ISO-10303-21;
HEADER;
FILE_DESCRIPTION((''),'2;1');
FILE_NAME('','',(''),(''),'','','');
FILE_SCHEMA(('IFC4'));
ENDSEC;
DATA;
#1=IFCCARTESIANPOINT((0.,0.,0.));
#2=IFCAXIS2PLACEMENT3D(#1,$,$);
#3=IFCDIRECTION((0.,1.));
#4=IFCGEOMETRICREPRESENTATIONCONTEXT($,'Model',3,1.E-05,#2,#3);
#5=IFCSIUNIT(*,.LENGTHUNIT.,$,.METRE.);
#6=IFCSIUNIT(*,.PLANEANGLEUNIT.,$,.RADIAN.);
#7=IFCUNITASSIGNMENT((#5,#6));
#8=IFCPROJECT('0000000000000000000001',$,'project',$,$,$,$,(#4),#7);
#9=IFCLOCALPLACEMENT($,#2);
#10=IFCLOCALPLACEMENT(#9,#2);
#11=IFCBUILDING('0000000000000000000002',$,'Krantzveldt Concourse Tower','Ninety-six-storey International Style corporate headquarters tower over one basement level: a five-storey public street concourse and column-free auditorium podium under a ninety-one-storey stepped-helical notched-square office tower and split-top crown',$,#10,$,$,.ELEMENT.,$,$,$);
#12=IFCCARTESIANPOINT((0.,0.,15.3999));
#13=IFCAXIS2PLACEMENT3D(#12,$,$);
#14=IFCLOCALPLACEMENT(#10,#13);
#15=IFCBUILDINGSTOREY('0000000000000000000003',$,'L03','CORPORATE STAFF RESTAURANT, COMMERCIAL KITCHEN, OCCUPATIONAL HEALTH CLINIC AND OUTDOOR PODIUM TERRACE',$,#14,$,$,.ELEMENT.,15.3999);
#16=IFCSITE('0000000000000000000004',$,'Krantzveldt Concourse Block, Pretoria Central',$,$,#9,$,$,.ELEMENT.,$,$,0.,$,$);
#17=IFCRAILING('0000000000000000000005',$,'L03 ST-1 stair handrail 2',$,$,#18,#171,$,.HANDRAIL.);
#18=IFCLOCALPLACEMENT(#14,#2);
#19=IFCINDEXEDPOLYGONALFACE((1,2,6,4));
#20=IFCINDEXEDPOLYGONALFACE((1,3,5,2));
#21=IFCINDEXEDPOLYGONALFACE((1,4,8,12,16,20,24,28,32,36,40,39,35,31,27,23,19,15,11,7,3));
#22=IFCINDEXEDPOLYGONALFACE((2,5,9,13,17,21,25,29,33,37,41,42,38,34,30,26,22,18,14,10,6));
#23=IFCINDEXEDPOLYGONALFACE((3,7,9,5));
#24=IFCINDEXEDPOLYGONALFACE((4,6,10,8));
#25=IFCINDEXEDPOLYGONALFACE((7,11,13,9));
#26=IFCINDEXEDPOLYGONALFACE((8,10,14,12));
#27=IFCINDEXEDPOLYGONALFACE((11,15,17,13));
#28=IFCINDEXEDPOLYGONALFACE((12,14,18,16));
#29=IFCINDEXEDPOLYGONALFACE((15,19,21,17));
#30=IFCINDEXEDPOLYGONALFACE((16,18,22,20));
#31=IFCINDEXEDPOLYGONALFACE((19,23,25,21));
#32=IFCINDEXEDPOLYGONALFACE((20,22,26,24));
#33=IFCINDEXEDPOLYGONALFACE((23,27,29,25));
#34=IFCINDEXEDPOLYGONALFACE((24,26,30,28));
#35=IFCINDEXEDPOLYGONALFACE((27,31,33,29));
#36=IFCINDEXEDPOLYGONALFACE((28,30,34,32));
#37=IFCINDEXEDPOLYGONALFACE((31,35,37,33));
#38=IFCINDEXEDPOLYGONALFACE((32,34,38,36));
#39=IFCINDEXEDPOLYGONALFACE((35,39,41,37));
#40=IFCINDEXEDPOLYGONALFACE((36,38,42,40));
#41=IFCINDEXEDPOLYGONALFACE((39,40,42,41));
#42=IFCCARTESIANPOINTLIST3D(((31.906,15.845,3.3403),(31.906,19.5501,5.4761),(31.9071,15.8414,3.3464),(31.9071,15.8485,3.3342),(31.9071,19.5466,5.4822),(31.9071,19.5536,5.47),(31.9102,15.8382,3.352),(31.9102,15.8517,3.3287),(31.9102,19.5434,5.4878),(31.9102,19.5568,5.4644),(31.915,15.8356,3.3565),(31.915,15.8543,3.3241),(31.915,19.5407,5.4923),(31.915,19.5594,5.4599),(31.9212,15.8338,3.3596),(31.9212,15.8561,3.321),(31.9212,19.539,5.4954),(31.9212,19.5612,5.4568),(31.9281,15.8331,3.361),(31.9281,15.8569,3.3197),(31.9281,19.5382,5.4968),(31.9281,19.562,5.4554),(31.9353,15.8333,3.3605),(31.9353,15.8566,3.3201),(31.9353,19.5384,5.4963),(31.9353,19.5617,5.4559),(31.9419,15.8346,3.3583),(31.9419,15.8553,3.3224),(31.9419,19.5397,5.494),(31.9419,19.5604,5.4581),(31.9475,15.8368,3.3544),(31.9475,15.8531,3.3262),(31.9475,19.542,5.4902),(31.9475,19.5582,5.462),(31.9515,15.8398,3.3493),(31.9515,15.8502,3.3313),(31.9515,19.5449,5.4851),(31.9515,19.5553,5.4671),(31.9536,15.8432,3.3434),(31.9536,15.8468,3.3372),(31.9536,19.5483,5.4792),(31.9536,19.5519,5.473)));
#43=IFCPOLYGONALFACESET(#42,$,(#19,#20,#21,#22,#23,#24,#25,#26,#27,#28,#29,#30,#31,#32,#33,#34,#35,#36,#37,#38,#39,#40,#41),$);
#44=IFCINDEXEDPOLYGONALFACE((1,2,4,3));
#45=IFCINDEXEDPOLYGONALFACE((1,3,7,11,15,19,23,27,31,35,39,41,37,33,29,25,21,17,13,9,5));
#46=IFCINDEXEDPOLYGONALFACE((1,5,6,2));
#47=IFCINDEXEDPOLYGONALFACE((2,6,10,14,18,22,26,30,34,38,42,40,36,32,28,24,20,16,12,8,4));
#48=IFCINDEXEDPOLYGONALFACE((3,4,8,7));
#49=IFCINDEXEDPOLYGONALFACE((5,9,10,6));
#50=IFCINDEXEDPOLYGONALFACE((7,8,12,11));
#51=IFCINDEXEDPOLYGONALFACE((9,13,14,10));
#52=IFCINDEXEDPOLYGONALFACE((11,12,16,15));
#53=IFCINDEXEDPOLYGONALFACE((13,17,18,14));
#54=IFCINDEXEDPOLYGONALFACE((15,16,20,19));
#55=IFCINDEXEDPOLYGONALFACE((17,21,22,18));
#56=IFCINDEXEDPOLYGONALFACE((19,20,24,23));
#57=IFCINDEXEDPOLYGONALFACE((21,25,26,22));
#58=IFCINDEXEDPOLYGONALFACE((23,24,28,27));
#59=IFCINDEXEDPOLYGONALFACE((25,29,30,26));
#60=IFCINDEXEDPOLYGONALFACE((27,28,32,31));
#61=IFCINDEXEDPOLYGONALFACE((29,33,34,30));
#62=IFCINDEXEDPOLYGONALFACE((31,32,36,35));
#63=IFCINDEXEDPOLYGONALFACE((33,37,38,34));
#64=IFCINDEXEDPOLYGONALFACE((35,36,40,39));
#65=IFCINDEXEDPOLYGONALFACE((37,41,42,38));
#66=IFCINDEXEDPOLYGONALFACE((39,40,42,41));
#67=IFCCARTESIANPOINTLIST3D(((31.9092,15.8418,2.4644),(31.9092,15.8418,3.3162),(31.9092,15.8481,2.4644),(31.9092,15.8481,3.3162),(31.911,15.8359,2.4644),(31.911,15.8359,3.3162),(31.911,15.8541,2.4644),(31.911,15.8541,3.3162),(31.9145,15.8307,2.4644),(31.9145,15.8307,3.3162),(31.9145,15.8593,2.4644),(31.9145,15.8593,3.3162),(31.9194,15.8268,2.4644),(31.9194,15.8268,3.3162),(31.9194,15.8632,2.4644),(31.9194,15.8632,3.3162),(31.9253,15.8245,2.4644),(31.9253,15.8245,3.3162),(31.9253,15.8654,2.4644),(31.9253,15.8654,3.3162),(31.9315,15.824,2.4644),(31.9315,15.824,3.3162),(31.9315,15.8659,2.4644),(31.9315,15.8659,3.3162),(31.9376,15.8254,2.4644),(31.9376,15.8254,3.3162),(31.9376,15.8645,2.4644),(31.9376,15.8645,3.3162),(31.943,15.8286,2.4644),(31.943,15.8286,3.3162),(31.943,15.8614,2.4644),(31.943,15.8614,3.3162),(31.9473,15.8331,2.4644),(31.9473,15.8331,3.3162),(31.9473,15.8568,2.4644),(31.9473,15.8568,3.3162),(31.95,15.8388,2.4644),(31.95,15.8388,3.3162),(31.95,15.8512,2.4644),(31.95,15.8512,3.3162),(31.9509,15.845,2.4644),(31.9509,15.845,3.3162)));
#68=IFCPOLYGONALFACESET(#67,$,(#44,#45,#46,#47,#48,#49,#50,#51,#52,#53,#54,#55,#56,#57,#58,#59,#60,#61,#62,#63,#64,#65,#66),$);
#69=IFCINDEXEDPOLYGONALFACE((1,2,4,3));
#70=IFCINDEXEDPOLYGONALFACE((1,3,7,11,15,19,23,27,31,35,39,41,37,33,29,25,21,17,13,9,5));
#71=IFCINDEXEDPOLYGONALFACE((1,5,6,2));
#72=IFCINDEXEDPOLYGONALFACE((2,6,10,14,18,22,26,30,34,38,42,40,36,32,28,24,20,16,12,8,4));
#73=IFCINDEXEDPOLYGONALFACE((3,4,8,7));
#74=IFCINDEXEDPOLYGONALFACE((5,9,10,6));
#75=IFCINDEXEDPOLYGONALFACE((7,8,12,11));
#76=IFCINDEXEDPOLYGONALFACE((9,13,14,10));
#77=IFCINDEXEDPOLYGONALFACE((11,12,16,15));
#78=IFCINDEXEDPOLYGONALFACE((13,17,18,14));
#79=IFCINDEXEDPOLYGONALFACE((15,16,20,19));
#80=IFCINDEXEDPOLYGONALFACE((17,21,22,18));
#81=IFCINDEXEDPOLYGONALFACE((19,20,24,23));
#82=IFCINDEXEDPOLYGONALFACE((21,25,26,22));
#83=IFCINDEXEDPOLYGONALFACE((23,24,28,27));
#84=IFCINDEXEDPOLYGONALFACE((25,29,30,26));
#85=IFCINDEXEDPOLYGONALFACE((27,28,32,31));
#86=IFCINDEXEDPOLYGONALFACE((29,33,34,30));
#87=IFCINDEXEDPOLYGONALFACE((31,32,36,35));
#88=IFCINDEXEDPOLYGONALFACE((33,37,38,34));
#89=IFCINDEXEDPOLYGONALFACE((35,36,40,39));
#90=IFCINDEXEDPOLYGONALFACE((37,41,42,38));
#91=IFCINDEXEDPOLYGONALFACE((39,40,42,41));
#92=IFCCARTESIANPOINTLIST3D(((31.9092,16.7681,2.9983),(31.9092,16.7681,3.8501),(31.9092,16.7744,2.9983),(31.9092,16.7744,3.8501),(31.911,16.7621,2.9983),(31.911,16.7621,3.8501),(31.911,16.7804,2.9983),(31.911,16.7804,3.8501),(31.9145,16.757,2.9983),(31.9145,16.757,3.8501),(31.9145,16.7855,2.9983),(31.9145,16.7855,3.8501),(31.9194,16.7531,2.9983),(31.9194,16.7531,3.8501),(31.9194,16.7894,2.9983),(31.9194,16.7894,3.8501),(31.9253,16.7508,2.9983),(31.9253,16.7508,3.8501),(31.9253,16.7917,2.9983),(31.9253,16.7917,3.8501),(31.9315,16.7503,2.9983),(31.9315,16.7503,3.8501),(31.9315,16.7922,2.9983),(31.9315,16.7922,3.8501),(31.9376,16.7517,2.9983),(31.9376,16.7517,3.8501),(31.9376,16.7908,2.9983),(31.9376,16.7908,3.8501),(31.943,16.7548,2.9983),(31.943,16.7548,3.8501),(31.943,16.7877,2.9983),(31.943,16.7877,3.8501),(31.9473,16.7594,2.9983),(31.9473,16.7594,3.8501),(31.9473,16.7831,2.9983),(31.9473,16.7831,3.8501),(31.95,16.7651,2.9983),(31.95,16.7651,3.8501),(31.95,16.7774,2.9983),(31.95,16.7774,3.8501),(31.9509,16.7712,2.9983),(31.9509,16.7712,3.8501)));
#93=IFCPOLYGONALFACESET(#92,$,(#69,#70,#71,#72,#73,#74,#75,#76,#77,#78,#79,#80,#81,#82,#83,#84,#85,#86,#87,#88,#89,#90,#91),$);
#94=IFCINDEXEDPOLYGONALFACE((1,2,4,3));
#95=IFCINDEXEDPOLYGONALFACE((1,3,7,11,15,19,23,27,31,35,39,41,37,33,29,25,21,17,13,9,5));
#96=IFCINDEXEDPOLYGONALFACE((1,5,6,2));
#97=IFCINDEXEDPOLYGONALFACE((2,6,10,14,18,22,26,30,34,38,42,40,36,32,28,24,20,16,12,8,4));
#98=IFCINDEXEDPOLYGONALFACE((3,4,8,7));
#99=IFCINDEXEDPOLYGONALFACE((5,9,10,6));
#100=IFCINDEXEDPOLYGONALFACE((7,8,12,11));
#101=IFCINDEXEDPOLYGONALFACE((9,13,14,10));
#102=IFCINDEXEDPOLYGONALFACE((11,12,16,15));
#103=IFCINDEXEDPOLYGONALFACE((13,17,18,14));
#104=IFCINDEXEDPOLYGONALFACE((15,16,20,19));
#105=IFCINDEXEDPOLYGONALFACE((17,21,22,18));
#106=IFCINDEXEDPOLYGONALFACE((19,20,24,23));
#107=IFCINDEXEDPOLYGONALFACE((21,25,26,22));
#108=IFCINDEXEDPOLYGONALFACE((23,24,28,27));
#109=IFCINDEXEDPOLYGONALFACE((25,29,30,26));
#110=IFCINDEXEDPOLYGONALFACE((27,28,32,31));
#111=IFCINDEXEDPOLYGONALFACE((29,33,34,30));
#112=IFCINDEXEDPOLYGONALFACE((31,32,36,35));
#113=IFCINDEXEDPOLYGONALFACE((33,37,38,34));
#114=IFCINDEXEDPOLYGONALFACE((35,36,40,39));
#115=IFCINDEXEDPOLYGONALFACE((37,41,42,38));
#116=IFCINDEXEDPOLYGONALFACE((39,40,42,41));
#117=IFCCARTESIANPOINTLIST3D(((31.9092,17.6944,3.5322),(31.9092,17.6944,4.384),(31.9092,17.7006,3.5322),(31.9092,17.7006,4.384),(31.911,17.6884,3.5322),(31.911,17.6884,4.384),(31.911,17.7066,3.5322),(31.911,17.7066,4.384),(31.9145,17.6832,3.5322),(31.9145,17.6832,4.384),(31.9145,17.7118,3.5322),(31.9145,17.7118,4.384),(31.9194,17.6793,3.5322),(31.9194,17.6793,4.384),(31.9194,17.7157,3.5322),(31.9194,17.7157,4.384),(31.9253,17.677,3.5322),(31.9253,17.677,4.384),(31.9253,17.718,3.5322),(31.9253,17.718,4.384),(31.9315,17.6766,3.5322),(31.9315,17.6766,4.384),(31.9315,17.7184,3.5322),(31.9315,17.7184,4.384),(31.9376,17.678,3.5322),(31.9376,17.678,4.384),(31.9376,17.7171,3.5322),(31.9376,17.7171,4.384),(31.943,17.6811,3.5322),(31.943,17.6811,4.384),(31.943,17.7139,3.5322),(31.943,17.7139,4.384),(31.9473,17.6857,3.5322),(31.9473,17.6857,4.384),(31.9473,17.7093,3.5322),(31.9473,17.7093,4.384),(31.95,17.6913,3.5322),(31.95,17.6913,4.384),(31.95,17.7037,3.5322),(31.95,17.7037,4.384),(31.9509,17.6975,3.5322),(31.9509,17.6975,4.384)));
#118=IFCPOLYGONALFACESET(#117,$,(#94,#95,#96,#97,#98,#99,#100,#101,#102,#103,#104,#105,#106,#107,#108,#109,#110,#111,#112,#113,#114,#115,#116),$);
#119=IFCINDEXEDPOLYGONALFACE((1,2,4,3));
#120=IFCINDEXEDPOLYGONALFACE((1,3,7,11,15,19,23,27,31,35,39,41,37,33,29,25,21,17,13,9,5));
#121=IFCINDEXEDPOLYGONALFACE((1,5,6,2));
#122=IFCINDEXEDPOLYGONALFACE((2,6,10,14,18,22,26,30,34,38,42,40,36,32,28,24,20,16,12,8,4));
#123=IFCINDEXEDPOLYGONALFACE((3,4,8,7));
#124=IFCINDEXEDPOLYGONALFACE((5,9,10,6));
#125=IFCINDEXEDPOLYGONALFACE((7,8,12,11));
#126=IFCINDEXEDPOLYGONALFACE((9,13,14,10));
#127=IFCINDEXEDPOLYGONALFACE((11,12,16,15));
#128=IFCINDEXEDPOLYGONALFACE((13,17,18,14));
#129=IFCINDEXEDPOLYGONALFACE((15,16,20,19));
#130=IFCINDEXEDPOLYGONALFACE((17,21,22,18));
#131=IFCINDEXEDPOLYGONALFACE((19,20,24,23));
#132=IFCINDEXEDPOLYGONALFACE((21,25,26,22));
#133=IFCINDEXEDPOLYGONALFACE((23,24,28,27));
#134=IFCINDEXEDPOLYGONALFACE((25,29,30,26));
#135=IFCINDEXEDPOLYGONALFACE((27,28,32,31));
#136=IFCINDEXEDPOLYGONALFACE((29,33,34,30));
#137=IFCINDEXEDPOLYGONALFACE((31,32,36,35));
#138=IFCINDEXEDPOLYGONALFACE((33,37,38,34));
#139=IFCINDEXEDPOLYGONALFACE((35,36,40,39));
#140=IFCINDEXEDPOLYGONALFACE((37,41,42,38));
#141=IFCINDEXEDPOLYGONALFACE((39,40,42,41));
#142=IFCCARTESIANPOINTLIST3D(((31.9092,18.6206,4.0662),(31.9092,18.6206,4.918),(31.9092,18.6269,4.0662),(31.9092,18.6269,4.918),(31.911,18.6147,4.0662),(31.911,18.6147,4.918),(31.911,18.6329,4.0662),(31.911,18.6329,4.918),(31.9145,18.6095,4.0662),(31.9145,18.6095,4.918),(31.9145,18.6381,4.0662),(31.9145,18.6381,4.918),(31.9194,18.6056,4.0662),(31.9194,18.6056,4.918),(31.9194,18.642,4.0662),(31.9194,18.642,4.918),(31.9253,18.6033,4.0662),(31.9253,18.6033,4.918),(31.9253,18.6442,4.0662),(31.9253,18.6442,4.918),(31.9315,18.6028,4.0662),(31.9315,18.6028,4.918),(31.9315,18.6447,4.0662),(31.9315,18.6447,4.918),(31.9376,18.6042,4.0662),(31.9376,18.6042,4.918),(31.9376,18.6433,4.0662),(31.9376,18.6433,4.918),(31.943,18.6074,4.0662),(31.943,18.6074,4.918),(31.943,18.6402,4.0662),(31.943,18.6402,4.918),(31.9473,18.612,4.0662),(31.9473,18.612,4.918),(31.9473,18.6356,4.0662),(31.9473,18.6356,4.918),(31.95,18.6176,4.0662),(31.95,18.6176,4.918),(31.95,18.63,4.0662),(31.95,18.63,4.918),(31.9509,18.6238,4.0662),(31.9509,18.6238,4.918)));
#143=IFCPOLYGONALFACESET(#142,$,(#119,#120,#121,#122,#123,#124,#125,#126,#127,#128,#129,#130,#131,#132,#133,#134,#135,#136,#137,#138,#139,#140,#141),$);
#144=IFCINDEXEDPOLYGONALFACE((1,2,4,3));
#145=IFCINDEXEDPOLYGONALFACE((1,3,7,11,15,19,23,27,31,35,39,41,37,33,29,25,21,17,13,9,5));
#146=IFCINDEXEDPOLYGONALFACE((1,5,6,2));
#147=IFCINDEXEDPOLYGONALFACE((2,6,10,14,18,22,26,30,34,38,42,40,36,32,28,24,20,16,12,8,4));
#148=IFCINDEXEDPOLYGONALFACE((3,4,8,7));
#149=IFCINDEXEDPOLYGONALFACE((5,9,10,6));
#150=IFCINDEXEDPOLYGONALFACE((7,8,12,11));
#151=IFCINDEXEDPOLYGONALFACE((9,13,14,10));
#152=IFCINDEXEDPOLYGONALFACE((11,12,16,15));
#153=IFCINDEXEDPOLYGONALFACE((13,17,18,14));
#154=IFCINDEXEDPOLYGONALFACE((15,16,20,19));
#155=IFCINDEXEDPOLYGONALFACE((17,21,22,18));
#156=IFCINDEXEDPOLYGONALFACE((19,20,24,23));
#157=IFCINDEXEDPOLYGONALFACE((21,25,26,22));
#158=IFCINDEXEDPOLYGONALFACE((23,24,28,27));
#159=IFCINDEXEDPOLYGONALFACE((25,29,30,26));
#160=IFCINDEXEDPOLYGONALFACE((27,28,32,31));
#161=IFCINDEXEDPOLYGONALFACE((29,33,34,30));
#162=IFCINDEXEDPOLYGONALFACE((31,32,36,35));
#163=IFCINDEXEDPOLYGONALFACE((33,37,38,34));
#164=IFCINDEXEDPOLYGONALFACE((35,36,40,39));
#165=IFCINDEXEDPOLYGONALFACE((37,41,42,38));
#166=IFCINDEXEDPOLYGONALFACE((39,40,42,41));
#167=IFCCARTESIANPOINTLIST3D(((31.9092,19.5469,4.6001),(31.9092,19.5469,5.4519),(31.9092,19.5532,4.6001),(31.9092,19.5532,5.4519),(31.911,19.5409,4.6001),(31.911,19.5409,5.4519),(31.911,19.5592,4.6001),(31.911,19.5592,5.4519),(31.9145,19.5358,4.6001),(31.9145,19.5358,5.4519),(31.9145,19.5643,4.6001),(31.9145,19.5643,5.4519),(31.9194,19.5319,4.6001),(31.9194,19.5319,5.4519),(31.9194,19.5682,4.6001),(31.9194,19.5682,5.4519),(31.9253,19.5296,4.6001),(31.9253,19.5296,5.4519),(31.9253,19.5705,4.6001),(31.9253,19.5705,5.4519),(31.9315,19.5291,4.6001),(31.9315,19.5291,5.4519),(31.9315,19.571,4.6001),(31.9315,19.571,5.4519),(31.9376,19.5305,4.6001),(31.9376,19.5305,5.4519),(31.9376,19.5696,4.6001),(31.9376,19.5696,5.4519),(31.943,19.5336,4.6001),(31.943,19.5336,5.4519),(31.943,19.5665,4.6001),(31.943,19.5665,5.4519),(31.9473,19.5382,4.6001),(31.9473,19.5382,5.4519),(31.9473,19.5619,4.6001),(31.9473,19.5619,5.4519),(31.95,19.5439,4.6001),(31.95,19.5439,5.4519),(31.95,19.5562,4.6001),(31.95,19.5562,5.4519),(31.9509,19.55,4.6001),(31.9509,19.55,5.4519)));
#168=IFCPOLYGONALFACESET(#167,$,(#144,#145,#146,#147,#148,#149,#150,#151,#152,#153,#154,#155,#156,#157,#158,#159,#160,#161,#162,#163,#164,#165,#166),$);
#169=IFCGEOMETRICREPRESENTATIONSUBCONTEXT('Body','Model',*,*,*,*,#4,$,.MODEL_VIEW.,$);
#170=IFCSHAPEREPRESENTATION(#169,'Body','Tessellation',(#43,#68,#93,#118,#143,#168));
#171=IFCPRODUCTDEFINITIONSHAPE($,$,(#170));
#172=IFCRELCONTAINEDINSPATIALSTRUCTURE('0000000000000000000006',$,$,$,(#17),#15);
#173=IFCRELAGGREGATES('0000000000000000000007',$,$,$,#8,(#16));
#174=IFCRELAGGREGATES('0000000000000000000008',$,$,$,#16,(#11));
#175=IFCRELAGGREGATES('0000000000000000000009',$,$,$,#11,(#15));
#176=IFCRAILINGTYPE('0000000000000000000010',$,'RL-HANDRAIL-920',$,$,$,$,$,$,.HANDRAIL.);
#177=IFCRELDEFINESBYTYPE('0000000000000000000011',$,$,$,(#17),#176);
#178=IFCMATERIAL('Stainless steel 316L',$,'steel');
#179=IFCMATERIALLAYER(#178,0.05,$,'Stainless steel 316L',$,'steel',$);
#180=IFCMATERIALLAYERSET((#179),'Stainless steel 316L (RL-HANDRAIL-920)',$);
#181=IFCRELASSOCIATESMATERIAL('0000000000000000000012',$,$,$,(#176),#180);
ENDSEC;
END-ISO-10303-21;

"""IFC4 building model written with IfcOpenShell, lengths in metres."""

from ifc_helpers import new_model, si_unit, direction, frame, origin, origin_2d, place, context, subcontext, project, spatial, circle, extrude, material, layer, layer_set, type_object, element, save


model = new_model("IFC4")

# Units and contexts
model_context = context("Model", 3, precision=1e-05, world=origin(), true_north=direction((0.0, 1.0)))
body_context = subcontext(model_context, "Body", "Model", "MODEL_VIEW")
ifc_project = project(units=[si_unit("LENGTHUNIT", "METRE"), si_unit("PLANEANGLEUNIT", "RADIAN")], contexts=[model_context])

# Site, building, storey
site_placement = place(None, origin())
site = spatial("IfcSite", under=ifc_project, at=site_placement, Name="Krantzveldt Concourse Block, Pretoria Central", CompositionType="ELEMENT", RefElevation=0.0)
building_placement = place(site_placement, origin())
building = spatial("IfcBuilding", under=site, at=building_placement, Name="Krantzveldt Concourse Tower", Description="Ninety-six-storey International Style corporate headquarters tower over one basement level: a five-storey public street concourse and column-free auditorium podium under a ninety-one-storey stepped-helical notched-square office tower and split-top crown", CompositionType="ELEMENT")
storey_placement = place(building_placement, frame((0.0, 0.0, 15.3999)))
storey = spatial("IfcBuildingStorey", under=building, at=storey_placement, Name="L03", Description="CORPORATE STAFF RESTAURANT, COMMERCIAL KITCHEN, OCCUPATIONAL HEALTH CLINIC AND OUTDOOR PODIUM TERRACE", CompositionType="ELEMENT", Elevation=15.3999)

# Shared definitions
ifc_material_1 = material(Name="Stainless steel 316L", Category="steel")

# Railing
ifc_layer_1 = layer(ifc_material_1, 0.05, Name="Stainless steel 316L", Category="steel")
ifc_layer_set_1 = layer_set([ifc_layer_1], Name="Stainless steel 316L (RL-HANDRAIL-920)")
railing_type_1 = type_object("IfcRailingType", Name="RL-HANDRAIL-920", PredefinedType="HANDRAIL", material=ifc_layer_set_1)
railing_1_placement = place(storey_placement, frame((31.9299, 15.845, 2.4644)))
element("IfcRailing", 1, at=railing_1_placement, inside=storey, type_object=railing_type_1, Name="L03 ST-1 stair handrail 2", PredefinedType="HANDRAIL", context=body_context, shape_type="SweptSolid", body=[
    extrude(circle(Radius=0.0239, at=origin_2d()), frame((0.0, 0.0, 0.876), z_axis=(0.0, 0.866368, 0.499406), x_axis=(-1.0, 0.0, 0.0)), (0.0, 0.0, 1.0), 4.2766),
    extrude(circle(Radius=0.021, at=origin_2d()), origin(), (0.0, 0.0, 1.0), 0.8518),
    extrude(circle(Radius=0.021, at=origin_2d()), frame((0.0, 0.9263, 0.5339)), (0.0, 0.0, 1.0), 0.8518),
    extrude(circle(Radius=0.021, at=origin_2d()), frame((0.0, 1.8525, 1.0679)), (0.0, 0.0, 1.0), 0.8518),
    extrude(circle(Radius=0.021, at=origin_2d()), frame((0.0, 2.7788, 1.6018)), (0.0, 0.0, 1.0), 0.8518),
    extrude(circle(Radius=0.021, at=origin_2d()), frame((0.0, 3.7051, 2.1357)), (0.0, 0.0, 1.0), 0.8518),
])

save(model, "model.ifc")
